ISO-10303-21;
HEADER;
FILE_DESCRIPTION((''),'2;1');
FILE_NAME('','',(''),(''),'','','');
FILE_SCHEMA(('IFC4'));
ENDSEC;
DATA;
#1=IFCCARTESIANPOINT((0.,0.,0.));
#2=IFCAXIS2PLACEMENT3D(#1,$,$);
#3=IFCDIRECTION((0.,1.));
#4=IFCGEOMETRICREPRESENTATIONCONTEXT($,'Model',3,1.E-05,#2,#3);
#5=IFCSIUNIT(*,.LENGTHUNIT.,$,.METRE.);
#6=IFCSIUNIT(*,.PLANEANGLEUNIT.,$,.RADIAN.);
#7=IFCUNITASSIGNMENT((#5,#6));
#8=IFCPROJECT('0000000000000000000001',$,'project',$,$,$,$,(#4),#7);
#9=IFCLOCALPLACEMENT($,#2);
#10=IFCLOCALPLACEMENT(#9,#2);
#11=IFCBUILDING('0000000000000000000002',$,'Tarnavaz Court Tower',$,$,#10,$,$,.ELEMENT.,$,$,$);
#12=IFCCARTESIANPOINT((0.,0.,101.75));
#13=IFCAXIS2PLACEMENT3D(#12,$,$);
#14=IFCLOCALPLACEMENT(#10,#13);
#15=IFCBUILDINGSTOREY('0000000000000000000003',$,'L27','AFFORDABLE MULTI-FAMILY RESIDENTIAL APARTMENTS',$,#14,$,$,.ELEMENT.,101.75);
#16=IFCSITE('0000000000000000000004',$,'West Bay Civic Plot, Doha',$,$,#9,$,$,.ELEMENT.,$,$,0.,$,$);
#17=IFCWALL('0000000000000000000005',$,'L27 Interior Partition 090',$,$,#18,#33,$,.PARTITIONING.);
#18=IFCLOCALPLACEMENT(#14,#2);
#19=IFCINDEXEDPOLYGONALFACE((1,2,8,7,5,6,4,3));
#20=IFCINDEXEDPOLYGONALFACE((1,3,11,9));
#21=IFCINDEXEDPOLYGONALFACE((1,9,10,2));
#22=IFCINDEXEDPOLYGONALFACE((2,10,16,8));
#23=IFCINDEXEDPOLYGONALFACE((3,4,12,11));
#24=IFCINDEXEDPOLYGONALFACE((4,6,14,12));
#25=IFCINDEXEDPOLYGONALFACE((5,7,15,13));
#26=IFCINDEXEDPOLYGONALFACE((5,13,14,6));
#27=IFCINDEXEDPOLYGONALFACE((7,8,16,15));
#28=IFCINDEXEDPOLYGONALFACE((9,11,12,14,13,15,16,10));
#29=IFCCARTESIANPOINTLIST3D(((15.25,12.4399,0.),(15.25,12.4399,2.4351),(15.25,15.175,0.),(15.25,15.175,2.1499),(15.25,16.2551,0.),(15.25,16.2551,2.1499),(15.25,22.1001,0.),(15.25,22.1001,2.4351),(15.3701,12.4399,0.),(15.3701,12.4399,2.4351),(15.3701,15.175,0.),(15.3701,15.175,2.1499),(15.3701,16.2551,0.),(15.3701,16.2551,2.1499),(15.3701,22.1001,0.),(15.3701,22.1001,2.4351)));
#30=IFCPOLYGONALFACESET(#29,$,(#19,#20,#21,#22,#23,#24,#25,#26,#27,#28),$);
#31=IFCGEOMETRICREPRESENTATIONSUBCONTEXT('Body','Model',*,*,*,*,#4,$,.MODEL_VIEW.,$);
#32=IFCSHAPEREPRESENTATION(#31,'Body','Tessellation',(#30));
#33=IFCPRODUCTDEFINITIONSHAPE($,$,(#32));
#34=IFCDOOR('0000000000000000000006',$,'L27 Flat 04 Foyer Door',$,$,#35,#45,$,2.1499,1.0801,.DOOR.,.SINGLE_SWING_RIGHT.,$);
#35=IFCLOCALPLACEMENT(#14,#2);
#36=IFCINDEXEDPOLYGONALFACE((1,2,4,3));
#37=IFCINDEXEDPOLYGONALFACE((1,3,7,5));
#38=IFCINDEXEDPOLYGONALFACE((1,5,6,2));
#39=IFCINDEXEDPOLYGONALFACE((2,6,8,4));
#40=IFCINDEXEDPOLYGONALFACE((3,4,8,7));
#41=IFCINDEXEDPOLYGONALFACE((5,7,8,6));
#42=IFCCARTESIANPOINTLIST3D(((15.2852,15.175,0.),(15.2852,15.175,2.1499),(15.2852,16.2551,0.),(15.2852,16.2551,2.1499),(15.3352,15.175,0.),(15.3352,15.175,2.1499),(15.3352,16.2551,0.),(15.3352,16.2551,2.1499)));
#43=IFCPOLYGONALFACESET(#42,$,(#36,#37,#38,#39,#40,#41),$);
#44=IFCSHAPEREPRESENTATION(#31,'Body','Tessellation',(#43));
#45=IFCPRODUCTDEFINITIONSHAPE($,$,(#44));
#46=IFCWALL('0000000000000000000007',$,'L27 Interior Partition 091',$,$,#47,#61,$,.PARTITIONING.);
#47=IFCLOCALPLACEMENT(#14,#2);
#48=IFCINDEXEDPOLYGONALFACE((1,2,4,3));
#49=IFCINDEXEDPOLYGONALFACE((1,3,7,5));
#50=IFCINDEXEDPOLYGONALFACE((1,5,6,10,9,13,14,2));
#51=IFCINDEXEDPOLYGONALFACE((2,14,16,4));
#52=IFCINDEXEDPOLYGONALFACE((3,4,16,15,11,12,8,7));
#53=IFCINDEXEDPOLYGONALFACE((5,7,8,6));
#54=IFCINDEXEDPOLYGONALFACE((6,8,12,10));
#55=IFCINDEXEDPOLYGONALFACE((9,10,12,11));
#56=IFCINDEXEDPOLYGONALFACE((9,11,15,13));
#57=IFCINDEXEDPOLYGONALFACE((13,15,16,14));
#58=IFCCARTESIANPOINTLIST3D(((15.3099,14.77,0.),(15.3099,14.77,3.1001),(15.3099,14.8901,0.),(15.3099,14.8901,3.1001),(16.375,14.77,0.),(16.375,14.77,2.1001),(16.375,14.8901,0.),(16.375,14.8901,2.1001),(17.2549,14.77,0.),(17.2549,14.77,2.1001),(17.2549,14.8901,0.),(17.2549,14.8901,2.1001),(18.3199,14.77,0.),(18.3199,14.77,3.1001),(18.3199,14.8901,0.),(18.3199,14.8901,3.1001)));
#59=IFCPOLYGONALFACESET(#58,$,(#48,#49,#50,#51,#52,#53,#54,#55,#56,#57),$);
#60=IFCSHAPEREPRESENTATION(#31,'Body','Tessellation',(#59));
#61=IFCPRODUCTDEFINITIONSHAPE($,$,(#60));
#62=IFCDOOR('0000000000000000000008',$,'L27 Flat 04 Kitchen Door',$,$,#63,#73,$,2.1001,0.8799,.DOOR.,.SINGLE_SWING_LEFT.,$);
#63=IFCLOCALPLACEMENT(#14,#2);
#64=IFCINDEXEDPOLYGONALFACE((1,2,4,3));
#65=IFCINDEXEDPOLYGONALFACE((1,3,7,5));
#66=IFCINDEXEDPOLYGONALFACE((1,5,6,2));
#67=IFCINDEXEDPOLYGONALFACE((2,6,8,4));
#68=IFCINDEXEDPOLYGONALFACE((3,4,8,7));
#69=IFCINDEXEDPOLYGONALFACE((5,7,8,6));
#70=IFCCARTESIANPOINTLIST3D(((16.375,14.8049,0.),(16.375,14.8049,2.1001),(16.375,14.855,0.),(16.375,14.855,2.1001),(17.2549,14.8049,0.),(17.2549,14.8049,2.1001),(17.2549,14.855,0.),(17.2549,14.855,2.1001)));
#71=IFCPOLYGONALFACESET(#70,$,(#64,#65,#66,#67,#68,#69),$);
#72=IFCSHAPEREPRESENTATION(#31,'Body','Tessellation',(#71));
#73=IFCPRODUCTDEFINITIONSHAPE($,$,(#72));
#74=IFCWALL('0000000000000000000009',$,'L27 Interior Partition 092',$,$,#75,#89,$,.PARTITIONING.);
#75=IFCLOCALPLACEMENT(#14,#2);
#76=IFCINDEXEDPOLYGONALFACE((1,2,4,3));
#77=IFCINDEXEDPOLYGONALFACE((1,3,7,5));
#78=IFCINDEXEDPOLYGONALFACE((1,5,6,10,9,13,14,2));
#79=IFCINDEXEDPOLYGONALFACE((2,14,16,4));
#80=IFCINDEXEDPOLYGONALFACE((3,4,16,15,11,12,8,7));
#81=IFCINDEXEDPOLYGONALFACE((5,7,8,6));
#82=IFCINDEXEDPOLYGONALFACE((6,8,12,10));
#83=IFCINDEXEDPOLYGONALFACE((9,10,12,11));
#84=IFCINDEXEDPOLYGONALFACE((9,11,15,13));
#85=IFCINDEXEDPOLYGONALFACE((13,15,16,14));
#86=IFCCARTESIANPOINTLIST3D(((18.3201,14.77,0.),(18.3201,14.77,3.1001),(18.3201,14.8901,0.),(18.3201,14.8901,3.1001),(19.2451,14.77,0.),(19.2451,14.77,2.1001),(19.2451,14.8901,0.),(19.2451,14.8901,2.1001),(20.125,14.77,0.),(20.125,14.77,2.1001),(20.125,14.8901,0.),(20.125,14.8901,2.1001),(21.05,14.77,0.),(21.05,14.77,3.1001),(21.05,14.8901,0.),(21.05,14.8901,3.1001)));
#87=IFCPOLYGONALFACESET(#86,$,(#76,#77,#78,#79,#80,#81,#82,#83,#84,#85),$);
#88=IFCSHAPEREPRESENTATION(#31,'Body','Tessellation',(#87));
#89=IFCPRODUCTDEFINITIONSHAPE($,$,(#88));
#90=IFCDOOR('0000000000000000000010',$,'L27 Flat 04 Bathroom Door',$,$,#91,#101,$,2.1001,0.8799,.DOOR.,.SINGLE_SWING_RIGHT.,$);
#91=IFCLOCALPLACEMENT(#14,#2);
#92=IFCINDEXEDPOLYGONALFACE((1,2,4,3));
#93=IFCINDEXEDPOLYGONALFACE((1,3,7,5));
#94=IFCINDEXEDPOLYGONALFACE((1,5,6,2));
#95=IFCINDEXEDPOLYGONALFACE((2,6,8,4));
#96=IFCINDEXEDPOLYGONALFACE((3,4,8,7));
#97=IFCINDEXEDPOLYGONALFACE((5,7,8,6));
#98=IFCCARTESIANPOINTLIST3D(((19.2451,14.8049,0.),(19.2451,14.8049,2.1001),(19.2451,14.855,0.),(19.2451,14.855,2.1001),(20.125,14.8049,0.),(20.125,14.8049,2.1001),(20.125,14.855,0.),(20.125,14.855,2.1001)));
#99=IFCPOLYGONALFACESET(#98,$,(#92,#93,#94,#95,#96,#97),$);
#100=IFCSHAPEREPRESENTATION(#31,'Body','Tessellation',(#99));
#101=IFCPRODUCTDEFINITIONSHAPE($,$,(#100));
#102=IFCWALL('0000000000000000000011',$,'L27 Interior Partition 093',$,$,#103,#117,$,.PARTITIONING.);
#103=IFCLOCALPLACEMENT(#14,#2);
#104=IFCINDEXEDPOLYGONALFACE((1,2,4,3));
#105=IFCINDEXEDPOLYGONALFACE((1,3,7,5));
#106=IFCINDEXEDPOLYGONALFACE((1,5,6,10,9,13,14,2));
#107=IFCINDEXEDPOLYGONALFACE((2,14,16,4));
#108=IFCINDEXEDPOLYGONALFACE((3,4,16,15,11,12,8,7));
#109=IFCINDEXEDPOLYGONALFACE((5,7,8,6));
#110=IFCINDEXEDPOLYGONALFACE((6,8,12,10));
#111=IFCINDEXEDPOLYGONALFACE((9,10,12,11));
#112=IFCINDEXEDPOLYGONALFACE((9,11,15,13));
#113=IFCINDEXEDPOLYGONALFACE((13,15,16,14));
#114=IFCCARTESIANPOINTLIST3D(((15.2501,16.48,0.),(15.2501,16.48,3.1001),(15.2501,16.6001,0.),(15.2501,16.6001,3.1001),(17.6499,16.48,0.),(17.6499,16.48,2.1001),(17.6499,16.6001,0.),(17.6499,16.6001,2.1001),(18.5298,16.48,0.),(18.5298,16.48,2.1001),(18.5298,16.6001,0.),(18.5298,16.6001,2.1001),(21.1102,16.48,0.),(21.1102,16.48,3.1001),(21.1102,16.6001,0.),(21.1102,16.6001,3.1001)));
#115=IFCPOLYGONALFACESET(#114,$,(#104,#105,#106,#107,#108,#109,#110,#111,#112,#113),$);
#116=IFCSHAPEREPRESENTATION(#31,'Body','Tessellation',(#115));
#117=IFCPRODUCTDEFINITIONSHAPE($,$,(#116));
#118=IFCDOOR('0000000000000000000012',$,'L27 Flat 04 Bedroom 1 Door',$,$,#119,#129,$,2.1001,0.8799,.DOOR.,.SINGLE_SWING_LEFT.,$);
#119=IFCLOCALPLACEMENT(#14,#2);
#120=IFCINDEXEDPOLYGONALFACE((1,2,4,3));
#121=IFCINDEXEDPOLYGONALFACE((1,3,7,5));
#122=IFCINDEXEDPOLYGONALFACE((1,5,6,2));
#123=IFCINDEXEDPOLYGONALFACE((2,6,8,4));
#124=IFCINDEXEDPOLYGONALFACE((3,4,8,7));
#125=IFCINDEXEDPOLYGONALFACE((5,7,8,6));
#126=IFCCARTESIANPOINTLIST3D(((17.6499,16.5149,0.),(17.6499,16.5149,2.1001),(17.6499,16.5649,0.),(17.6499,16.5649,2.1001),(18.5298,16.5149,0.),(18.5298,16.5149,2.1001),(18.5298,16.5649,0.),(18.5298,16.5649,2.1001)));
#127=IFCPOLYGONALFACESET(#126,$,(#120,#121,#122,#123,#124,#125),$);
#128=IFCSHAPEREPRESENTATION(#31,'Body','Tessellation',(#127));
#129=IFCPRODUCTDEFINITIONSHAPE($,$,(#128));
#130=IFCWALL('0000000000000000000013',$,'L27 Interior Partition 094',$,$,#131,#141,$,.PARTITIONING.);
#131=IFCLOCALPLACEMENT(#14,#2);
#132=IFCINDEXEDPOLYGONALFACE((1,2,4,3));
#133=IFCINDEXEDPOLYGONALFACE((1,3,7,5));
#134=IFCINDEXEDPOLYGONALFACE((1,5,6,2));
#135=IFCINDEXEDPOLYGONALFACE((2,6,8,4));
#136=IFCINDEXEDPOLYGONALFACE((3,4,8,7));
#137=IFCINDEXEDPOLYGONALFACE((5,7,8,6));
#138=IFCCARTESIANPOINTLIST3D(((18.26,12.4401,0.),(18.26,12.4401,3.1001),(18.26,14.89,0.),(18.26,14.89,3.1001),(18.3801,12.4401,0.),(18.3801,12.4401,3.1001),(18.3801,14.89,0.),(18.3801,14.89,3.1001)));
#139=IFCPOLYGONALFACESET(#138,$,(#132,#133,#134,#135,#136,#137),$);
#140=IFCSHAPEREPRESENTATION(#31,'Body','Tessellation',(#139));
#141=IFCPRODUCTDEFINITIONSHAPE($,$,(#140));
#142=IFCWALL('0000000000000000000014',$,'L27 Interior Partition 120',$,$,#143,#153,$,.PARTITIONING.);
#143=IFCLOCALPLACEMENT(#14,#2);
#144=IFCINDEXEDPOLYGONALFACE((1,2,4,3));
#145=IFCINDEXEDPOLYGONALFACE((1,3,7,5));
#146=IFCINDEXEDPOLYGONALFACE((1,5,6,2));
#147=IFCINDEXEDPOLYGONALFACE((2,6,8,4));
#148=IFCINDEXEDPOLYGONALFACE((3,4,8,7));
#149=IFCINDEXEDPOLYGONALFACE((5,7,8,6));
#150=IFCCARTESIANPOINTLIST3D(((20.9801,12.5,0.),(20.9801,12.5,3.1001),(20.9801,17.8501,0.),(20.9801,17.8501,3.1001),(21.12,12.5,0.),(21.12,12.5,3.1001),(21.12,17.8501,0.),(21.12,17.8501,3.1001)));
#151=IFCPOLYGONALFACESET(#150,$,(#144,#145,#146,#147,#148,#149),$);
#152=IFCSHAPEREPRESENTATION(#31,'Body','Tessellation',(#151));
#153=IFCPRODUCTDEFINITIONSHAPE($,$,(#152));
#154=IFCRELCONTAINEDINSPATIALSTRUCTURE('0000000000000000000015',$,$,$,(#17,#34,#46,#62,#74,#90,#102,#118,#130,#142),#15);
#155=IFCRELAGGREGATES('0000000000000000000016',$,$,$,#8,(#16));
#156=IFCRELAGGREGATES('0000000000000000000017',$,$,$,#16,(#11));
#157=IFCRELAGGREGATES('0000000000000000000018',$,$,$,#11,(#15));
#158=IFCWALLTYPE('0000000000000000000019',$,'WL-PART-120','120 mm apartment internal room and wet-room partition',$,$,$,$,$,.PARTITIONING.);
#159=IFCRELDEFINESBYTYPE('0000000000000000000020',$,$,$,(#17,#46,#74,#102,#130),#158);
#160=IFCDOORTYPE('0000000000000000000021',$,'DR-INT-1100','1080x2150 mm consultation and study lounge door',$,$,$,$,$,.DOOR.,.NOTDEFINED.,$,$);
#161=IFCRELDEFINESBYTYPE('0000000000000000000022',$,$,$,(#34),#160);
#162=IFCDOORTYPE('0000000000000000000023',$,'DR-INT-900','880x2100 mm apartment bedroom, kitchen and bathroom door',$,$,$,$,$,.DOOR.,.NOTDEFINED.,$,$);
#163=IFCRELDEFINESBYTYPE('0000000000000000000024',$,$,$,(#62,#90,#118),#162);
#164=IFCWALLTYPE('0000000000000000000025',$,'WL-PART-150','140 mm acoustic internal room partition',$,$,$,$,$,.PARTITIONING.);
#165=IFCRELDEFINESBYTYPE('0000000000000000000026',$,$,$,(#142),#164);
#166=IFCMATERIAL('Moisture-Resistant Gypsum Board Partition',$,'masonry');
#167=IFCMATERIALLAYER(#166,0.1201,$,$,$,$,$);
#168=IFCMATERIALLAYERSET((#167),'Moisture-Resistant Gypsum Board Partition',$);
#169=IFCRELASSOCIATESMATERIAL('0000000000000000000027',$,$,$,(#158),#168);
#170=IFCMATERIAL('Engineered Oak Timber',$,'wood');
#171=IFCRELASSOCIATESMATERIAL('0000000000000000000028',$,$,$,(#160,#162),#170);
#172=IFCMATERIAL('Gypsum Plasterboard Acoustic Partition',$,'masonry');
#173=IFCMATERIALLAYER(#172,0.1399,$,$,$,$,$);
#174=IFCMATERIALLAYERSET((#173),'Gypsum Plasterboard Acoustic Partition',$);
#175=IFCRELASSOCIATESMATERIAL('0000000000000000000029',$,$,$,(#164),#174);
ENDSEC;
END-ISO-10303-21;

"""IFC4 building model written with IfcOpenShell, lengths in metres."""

from ifc_helpers import new_model, si_unit, direction, frame, frame_2d, origin, place, context, subcontext, project, spatial, rectangle, extrude, material, layer, layer_set, type_object, element, fill, save


model = new_model("IFC4")

# Units and contexts
model_context = context("Model", 3, precision=1e-05, world=origin(), true_north=direction((0.0, 1.0)))
body_context = subcontext(model_context, "Body", "Model", "MODEL_VIEW")
ifc_project = project(units=[si_unit("LENGTHUNIT", "METRE"), si_unit("PLANEANGLEUNIT", "RADIAN")], contexts=[model_context])

# Site, building, storey
site_placement = place(None, origin())
site = spatial("IfcSite", under=ifc_project, at=site_placement, Name="West Bay Civic Plot, Doha", CompositionType="ELEMENT", RefElevation=0.0)
building_placement = place(site_placement, origin())
building = spatial("IfcBuilding", under=site, at=building_placement, Name="Tarnavaz Court Tower", CompositionType="ELEMENT")
storey_placement = place(building_placement, frame((0.0, 0.0, 101.75)))
storey = spatial("IfcBuildingStorey", under=building, at=storey_placement, Name="L27", Description="AFFORDABLE MULTI-FAMILY RESIDENTIAL APARTMENTS", CompositionType="ELEMENT", Elevation=101.75)

# Walls, openings, doors
ifc_material_1 = material(Name="Engineered Oak Timber", Category="wood")
ifc_material_2 = material(Name="Moisture-Resistant Gypsum Board Partition", Category="masonry")
ifc_layer_1 = layer(ifc_material_2, 0.1201)
ifc_layer_set_1 = layer_set([ifc_layer_1], Name="Moisture-Resistant Gypsum Board Partition")
wall_type_1 = type_object("IfcWallType", Name="WL-PART-120", Description="120 mm apartment internal room and wet-room partition", PredefinedType="PARTITIONING", material=ifc_layer_set_1)
wall_1_placement = place(storey_placement, frame((15.3101, 12.4399, 0.0), z_axis=(0.0, 0.0, 1.0), x_axis=(0.0, 1.0, 0.0)))
wall_1 = element("IfcWall", 1, at=wall_1_placement, inside=storey, type_object=wall_type_1, Name="L27 Interior Partition 090", PredefinedType="PARTITIONING", context=body_context, shape_type="SweptSolid", body=[
    extrude(rectangle(XDim=9.6602, YDim=0.1201, at=frame_2d((4.8301, 0.0))), origin(), (0.0, 0.0, 1.0), 2.4351),
])
opening_1_placement = place(wall_1_placement, frame((2.7351, 0.0, 0.0)))
opening_1 = element("IfcOpeningElement", 2, at=opening_1_placement, cuts=wall_1, PredefinedType="OPENING", context=body_context, shape_type="SweptSolid", body=[
    extrude(rectangle(XDim=1.0801, YDim=2.1499, at=frame_2d((0.54, 1.075))), frame((0.0, 0.0701, 0.0), z_axis=(0.0, -1.0, 0.0), x_axis=(1.0, 0.0, 0.0)), (0.0, 0.0, 1.0), 0.1401),
])
door_type_1 = type_object("IfcDoorType", Name="DR-INT-1100", Description="1080x2150 mm consultation and study lounge door", OperationType="NOTDEFINED", PredefinedType="DOOR", material=ifc_material_1)
door_1_placement = place(opening_1_placement, origin())
door_1 = element("IfcDoor", 3, at=door_1_placement, inside=storey, type_object=door_type_1, Name="L27 Flat 04 Foyer Door", OperationType="SINGLE_SWING_RIGHT", OverallHeight=2.1499, OverallWidth=1.0801, PredefinedType="DOOR", context=body_context, shape_type="SweptSolid", body=[
    extrude(rectangle(XDim=1.0801, YDim=2.1499, at=frame_2d((0.54, 1.075))), frame((0.0, 0.0249, 0.0), z_axis=(0.0, -1.0, 0.0), x_axis=(1.0, 0.0, 0.0)), (0.0, 0.0, 1.0), 0.05),
])
fill(opening_1, door_1)
wall_2_placement = place(storey_placement, frame((15.3101, 14.8301, 0.0), z_axis=(0.0, 0.0, 1.0), x_axis=(1.0, 0.0, 0.0)))
wall_2 = element("IfcWall", 4, at=wall_2_placement, inside=storey, type_object=wall_type_1, Name="L27 Interior Partition 091", PredefinedType="PARTITIONING", context=body_context, shape_type="SweptSolid", body=[
    extrude(rectangle(XDim=3.01, YDim=0.1201, at=frame_2d((1.5049, 0.0))), origin(), (0.0, 0.0, 1.0), 3.1001),
])
opening_2_placement = place(wall_2_placement, frame((1.0649, 0.0, 0.0)))
opening_2 = element("IfcOpeningElement", 5, at=opening_2_placement, cuts=wall_2, PredefinedType="OPENING", context=body_context, shape_type="SweptSolid", body=[
    extrude(rectangle(XDim=0.8799, YDim=2.1001, at=frame_2d((0.4399, 1.05))), frame((0.0, 0.0701, 0.0), z_axis=(0.0, -1.0, 0.0), x_axis=(1.0, 0.0, 0.0)), (0.0, 0.0, 1.0), 0.1401),
])
door_type_2 = type_object("IfcDoorType", Name="DR-INT-900", Description="880x2100 mm apartment bedroom, kitchen and bathroom door", OperationType="NOTDEFINED", PredefinedType="DOOR", material=ifc_material_1)
door_2_placement = place(opening_2_placement, origin())
door_2 = element("IfcDoor", 6, at=door_2_placement, inside=storey, type_object=door_type_2, Name="L27 Flat 04 Kitchen Door", OperationType="SINGLE_SWING_LEFT", OverallHeight=2.1001, OverallWidth=0.8799, PredefinedType="DOOR", context=body_context, shape_type="SweptSolid", body=[
    extrude(rectangle(XDim=0.8799, YDim=2.1001, at=frame_2d((0.4399, 1.05))), frame((0.0, 0.0249, 0.0), z_axis=(0.0, -1.0, 0.0), x_axis=(1.0, 0.0, 0.0)), (0.0, 0.0, 1.0), 0.05),
])
fill(opening_2, door_2)
wall_3_placement = place(storey_placement, frame((18.3201, 14.8301, 0.0), z_axis=(0.0, 0.0, 1.0), x_axis=(1.0, 0.0, 0.0)))
wall_3 = element("IfcWall", 7, at=wall_3_placement, inside=storey, type_object=wall_type_1, Name="L27 Interior Partition 092", PredefinedType="PARTITIONING", context=body_context, shape_type="SweptSolid", body=[
    extrude(rectangle(XDim=2.73, YDim=0.1201, at=frame_2d((1.365, 0.0))), origin(), (0.0, 0.0, 1.0), 3.1001),
])
opening_3_placement = place(wall_3_placement, frame((0.925, 0.0, 0.0)))
opening_3 = element("IfcOpeningElement", 8, at=opening_3_placement, cuts=wall_3, PredefinedType="OPENING", context=body_context, shape_type="SweptSolid", body=[
    extrude(rectangle(XDim=0.8799, YDim=2.1001, at=frame_2d((0.4399, 1.05))), frame((0.0, 0.0701, 0.0), z_axis=(0.0, -1.0, 0.0), x_axis=(1.0, 0.0, 0.0)), (0.0, 0.0, 1.0), 0.1401),
])
door_3_placement = place(opening_3_placement, origin())
door_3 = element("IfcDoor", 9, at=door_3_placement, inside=storey, type_object=door_type_2, Name="L27 Flat 04 Bathroom Door", OperationType="SINGLE_SWING_RIGHT", OverallHeight=2.1001, OverallWidth=0.8799, PredefinedType="DOOR", context=body_context, shape_type="SweptSolid", body=[
    extrude(rectangle(XDim=0.8799, YDim=2.1001, at=frame_2d((0.4399, 1.05))), frame((0.0, 0.0249, 0.0), z_axis=(0.0, -1.0, 0.0), x_axis=(1.0, 0.0, 0.0)), (0.0, 0.0, 1.0), 0.05),
])
fill(opening_3, door_3)
wall_4_placement = place(storey_placement, frame((15.25, 16.54, 0.0), z_axis=(0.0, 0.0, 1.0), x_axis=(1.0, 0.0, 0.0)))
wall_4 = element("IfcWall", 10, at=wall_4_placement, inside=storey, type_object=wall_type_1, Name="L27 Interior Partition 093", PredefinedType="PARTITIONING", context=body_context, shape_type="SweptSolid", body=[
    extrude(rectangle(XDim=5.8601, YDim=0.1201, at=frame_2d((2.9302, 0.0))), origin(), (0.0, 0.0, 1.0), 3.1001),
])
opening_4_placement = place(wall_4_placement, frame((2.3999, 0.0, 0.0)))
opening_4 = element("IfcOpeningElement", 11, at=opening_4_placement, cuts=wall_4, PredefinedType="OPENING", context=body_context, shape_type="SweptSolid", body=[
    extrude(rectangle(XDim=0.8799, YDim=2.1001, at=frame_2d((0.4399, 1.05))), frame((0.0, 0.0701, 0.0), z_axis=(0.0, -1.0, 0.0), x_axis=(1.0, 0.0, 0.0)), (0.0, 0.0, 1.0), 0.1401),
])
door_4_placement = place(opening_4_placement, origin())
door_4 = element("IfcDoor", 12, at=door_4_placement, inside=storey, type_object=door_type_2, Name="L27 Flat 04 Bedroom 1 Door", OperationType="SINGLE_SWING_LEFT", OverallHeight=2.1001, OverallWidth=0.8799, PredefinedType="DOOR", context=body_context, shape_type="SweptSolid", body=[
    extrude(rectangle(XDim=0.8799, YDim=2.1001, at=frame_2d((0.4399, 1.05))), frame((0.0, 0.0249, 0.0), z_axis=(0.0, -1.0, 0.0), x_axis=(1.0, 0.0, 0.0)), (0.0, 0.0, 1.0), 0.05),
])
fill(opening_4, door_4)

# Walls
wall_5_placement = place(storey_placement, frame((18.3201, 12.4399, 0.0), z_axis=(0.0, 0.0, 1.0), x_axis=(0.0, 1.0, 0.0)))
element("IfcWall", 13, at=wall_5_placement, inside=storey, type_object=wall_type_1, Name="L27 Interior Partition 094", PredefinedType="PARTITIONING", context=body_context, shape_type="SweptSolid", body=[
    extrude(rectangle(XDim=2.45, YDim=0.1201, at=frame_2d((1.2251, 0.0))), origin(), (0.0, 0.0, 1.0), 3.1001),
])
ifc_material_3 = material(Name="Gypsum Plasterboard Acoustic Partition", Category="masonry")
ifc_layer_2 = layer(ifc_material_3, 0.1399)
ifc_layer_set_2 = layer_set([ifc_layer_2], Name="Gypsum Plasterboard Acoustic Partition")
wall_type_2 = type_object("IfcWallType", Name="WL-PART-150", Description="140 mm acoustic internal room partition", PredefinedType="PARTITIONING", material=ifc_layer_set_2)
wall_6_placement = place(storey_placement, frame((21.05, 12.5, 0.0), z_axis=(0.0, 0.0, 1.0), x_axis=(0.0, 1.0, 0.0)))
element("IfcWall", 14, at=wall_6_placement, inside=storey, type_object=wall_type_2, Name="L27 Interior Partition 120", PredefinedType="PARTITIONING", context=body_context, shape_type="SweptSolid", body=[
    extrude(rectangle(XDim=5.3501, YDim=0.1399, at=frame_2d((2.675, 0.0))), origin(), (0.0, 0.0, 1.0), 3.1001),
])

save(model, "model.ifc")
